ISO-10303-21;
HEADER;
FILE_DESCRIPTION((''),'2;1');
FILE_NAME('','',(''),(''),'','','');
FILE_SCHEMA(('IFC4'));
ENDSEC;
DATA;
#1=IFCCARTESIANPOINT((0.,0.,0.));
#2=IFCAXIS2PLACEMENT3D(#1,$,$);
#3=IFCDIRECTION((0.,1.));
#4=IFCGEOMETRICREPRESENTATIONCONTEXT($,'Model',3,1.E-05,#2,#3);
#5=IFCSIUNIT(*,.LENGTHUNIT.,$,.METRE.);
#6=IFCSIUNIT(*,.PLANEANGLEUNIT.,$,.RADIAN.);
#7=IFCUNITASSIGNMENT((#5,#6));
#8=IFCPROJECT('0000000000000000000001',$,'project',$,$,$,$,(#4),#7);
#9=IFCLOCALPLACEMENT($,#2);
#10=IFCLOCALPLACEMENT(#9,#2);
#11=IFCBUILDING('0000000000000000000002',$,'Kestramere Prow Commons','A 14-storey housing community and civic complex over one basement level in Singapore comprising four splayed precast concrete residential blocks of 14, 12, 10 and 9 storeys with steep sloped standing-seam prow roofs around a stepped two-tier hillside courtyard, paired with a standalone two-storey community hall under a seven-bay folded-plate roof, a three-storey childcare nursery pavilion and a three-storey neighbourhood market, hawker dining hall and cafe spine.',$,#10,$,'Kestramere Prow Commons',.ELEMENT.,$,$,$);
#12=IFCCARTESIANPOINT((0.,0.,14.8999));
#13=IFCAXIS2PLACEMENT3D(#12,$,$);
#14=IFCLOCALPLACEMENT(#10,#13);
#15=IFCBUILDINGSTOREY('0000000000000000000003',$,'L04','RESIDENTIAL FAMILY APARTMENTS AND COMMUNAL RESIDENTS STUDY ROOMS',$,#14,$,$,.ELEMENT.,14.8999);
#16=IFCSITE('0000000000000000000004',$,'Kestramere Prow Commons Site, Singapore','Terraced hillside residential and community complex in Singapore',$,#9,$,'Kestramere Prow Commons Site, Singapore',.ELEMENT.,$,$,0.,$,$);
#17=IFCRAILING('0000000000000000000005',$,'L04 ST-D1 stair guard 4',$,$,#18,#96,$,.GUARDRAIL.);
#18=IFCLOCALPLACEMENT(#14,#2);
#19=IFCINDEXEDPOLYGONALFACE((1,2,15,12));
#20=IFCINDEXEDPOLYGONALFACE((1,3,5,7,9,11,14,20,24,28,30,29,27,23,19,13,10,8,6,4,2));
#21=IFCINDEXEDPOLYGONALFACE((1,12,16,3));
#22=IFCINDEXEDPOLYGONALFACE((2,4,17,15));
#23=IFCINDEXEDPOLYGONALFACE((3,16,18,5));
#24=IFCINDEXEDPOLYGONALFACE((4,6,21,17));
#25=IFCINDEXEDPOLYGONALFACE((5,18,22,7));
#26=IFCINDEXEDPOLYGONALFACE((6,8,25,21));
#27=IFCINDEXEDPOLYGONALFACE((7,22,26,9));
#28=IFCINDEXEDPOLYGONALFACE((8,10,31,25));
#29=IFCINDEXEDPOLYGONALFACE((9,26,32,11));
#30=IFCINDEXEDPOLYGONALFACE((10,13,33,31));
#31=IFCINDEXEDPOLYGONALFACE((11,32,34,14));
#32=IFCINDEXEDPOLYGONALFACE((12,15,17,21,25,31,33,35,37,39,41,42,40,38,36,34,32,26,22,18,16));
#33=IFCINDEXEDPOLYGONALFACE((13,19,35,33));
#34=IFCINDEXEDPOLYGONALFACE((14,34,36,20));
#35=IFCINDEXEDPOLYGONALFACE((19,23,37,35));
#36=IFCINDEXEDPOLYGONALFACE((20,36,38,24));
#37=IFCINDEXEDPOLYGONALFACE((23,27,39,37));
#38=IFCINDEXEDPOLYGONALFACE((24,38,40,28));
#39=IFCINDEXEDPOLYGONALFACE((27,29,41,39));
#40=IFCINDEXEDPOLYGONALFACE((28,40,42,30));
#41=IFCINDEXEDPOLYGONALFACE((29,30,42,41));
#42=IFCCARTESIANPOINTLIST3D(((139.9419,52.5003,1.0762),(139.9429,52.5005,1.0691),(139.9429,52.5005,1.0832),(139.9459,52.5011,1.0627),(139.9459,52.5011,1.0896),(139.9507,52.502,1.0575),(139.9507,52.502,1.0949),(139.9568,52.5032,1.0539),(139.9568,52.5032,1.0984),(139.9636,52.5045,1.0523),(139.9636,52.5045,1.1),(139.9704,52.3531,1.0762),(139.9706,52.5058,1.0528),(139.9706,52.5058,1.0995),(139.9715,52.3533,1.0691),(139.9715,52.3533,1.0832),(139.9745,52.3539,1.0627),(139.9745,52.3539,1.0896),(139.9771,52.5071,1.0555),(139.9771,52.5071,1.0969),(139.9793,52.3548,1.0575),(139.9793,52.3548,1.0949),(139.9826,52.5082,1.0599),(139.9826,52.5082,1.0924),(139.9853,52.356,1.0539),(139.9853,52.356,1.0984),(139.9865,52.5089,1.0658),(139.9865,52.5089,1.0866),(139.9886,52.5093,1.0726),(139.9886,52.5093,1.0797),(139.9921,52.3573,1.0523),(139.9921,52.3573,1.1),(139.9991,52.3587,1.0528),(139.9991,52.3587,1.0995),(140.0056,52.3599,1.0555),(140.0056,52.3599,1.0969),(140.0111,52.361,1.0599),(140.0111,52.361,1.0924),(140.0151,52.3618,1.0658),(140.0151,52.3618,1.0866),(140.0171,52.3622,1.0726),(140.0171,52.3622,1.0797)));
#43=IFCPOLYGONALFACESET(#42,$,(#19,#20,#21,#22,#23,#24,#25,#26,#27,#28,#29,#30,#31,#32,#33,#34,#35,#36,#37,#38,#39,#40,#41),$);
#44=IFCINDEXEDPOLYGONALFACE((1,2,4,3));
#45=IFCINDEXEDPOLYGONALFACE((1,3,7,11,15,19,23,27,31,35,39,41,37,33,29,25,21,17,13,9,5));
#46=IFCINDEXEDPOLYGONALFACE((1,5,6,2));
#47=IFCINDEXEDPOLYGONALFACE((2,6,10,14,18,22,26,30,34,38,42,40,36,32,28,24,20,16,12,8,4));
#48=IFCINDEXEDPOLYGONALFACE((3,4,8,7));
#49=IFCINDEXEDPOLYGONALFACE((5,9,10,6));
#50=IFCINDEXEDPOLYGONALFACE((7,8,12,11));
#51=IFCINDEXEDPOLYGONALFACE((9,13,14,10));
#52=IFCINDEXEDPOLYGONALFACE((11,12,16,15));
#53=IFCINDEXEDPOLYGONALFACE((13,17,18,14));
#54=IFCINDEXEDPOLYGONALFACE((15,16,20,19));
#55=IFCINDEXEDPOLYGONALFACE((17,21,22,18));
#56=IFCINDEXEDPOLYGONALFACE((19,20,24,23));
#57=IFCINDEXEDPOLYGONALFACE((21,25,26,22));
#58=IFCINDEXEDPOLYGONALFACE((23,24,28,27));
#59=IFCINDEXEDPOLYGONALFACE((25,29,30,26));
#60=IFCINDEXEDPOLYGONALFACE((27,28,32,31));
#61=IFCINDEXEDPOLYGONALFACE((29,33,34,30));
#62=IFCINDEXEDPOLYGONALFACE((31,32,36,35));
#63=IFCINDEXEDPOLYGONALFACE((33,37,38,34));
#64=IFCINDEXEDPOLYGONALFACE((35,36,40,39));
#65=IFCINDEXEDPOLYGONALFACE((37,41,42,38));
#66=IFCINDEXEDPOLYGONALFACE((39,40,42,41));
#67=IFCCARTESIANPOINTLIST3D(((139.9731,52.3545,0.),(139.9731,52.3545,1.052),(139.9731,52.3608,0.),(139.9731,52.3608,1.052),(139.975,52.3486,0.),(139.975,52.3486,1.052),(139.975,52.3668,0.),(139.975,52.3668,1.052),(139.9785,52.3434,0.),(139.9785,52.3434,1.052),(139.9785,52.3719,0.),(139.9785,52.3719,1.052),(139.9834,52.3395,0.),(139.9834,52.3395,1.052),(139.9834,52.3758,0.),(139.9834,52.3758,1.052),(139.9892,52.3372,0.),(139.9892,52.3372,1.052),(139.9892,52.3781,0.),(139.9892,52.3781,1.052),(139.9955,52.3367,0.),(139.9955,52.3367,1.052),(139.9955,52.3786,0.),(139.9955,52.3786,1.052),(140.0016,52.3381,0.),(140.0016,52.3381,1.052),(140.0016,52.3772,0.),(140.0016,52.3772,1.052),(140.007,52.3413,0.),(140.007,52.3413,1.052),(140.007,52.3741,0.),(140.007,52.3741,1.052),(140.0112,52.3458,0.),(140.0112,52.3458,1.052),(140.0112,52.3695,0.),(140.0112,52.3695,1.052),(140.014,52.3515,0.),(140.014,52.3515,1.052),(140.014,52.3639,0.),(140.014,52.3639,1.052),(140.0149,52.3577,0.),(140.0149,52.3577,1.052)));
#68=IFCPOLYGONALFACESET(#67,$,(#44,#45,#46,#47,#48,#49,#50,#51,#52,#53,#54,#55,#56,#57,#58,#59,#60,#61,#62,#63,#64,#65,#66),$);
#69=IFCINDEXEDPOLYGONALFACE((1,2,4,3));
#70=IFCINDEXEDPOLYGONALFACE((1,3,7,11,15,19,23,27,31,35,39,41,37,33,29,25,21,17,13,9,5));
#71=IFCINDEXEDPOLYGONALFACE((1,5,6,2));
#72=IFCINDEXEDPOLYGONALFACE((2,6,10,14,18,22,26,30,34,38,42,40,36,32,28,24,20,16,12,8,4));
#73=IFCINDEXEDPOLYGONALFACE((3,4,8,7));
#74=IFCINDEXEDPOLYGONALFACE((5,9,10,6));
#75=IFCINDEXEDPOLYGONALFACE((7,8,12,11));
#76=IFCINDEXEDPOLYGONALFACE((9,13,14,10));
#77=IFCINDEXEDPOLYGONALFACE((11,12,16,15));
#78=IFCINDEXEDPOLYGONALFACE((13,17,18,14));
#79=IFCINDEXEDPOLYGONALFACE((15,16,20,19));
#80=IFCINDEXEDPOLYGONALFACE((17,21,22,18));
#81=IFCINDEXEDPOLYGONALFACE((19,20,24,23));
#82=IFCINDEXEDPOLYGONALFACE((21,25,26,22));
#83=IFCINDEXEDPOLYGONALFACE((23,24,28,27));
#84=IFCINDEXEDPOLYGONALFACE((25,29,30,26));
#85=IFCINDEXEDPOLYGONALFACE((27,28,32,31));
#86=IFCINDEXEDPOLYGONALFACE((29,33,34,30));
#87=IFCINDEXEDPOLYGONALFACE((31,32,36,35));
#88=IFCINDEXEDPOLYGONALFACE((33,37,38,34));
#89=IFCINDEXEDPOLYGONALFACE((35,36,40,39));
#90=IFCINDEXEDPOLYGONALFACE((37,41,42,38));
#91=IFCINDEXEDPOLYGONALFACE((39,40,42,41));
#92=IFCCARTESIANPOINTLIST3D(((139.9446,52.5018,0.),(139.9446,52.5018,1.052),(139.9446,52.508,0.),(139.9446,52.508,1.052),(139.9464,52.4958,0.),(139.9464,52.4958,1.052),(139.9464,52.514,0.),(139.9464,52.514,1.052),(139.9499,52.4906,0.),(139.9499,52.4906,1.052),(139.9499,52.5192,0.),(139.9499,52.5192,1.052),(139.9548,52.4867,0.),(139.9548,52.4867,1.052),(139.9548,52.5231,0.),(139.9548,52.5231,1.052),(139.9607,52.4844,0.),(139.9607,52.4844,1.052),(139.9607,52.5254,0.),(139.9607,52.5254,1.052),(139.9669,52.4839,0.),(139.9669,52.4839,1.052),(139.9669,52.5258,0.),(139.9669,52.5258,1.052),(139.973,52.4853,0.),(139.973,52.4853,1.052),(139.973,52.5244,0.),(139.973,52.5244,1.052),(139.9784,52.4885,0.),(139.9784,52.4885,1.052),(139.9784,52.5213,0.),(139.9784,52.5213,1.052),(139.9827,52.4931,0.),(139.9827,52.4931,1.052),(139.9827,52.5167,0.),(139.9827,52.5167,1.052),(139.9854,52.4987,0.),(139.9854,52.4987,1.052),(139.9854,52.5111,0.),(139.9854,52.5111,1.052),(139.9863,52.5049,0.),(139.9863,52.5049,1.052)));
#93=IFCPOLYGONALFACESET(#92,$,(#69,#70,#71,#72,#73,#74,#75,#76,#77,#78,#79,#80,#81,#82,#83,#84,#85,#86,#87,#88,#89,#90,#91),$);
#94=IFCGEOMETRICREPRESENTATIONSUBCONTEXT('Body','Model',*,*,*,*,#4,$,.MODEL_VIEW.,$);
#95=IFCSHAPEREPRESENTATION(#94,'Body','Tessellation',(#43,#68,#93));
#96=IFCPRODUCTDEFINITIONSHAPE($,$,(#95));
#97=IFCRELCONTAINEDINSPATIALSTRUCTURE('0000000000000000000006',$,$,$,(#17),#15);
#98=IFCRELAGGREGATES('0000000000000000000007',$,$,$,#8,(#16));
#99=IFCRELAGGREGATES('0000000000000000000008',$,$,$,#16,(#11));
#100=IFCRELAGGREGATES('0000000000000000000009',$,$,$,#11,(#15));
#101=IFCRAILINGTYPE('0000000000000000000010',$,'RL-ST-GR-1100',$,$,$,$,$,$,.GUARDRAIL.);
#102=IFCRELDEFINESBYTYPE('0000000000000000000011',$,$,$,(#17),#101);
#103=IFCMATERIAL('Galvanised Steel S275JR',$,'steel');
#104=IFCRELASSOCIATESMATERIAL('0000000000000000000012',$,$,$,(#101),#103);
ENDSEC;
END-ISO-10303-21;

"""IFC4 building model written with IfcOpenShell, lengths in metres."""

from ifc_helpers import new_model, si_unit, direction, frame, origin, origin_2d, place, context, subcontext, project, spatial, circle, extrude, material, type_object, element, save


model = new_model("IFC4")

# Units and contexts
model_context = context("Model", 3, precision=1e-05, world=origin(), true_north=direction((0.0, 1.0)))
body_context = subcontext(model_context, "Body", "Model", "MODEL_VIEW")
ifc_project = project(units=[si_unit("LENGTHUNIT", "METRE"), si_unit("PLANEANGLEUNIT", "RADIAN")], contexts=[model_context])

# Site, building, storey
site_placement = place(None, origin())
site = spatial("IfcSite", under=ifc_project, at=site_placement, Name="Kestramere Prow Commons Site, Singapore", Description="Terraced hillside residential and community complex in Singapore", LongName="Kestramere Prow Commons Site, Singapore", CompositionType="ELEMENT", RefElevation=0.0)
building_placement = place(site_placement, origin())
building = spatial("IfcBuilding", under=site, at=building_placement, Name="Kestramere Prow Commons", Description="A 14-storey housing community and civic complex over one basement level in Singapore comprising four splayed precast concrete residential blocks of 14, 12, 10 and 9 storeys with steep sloped standing-seam prow roofs around a stepped two-tier hillside courtyard, paired with a standalone two-storey community hall under a seven-bay folded-plate roof, a three-storey childcare nursery pavilion and a three-storey neighbourhood market, hawker dining hall and cafe spine.", LongName="Kestramere Prow Commons", CompositionType="ELEMENT")
storey_placement = place(building_placement, frame((0.0, 0.0, 14.8999)))
storey = spatial("IfcBuildingStorey", under=building, at=storey_placement, Name="L04", Description="RESIDENTIAL FAMILY APARTMENTS AND COMMUNAL RESIDENTS STUDY ROOMS", CompositionType="ELEMENT", Elevation=14.8999)

# Railing
ifc_material_1 = material(Name="Galvanised Steel S275JR", Category="steel")
railing_type_1 = type_object("IfcRailingType", Name="RL-ST-GR-1100", PredefinedType="GUARDRAIL", material=ifc_material_1)
railing_1_placement = place(storey_placement, frame((139.9939, 52.3577, 0.0)))
element("IfcRailing", 1, at=railing_1_placement, inside=storey, type_object=railing_type_1, Name="L04 ST-D1 stair guard 4", PredefinedType="GUARDRAIL", context=body_context, shape_type="SweptSolid", body=[
    extrude(circle(Radius=0.0239, at=origin_2d()), frame((0.0, 0.0, 1.0762), z_axis=(-0.190477, 0.981692, 0.0), x_axis=(-0.981692, -0.190477, 0.0)), (0.0, 0.0, 1.0), 0.1499),
    extrude(circle(Radius=0.021, at=origin_2d()), origin(), (0.0, 0.0, 1.0), 1.052),
    extrude(circle(Radius=0.021, at=origin_2d()), frame((-0.0286, 0.1472, 0.0)), (0.0, 0.0, 1.0), 1.052),
])

save(model, "model.ifc")
